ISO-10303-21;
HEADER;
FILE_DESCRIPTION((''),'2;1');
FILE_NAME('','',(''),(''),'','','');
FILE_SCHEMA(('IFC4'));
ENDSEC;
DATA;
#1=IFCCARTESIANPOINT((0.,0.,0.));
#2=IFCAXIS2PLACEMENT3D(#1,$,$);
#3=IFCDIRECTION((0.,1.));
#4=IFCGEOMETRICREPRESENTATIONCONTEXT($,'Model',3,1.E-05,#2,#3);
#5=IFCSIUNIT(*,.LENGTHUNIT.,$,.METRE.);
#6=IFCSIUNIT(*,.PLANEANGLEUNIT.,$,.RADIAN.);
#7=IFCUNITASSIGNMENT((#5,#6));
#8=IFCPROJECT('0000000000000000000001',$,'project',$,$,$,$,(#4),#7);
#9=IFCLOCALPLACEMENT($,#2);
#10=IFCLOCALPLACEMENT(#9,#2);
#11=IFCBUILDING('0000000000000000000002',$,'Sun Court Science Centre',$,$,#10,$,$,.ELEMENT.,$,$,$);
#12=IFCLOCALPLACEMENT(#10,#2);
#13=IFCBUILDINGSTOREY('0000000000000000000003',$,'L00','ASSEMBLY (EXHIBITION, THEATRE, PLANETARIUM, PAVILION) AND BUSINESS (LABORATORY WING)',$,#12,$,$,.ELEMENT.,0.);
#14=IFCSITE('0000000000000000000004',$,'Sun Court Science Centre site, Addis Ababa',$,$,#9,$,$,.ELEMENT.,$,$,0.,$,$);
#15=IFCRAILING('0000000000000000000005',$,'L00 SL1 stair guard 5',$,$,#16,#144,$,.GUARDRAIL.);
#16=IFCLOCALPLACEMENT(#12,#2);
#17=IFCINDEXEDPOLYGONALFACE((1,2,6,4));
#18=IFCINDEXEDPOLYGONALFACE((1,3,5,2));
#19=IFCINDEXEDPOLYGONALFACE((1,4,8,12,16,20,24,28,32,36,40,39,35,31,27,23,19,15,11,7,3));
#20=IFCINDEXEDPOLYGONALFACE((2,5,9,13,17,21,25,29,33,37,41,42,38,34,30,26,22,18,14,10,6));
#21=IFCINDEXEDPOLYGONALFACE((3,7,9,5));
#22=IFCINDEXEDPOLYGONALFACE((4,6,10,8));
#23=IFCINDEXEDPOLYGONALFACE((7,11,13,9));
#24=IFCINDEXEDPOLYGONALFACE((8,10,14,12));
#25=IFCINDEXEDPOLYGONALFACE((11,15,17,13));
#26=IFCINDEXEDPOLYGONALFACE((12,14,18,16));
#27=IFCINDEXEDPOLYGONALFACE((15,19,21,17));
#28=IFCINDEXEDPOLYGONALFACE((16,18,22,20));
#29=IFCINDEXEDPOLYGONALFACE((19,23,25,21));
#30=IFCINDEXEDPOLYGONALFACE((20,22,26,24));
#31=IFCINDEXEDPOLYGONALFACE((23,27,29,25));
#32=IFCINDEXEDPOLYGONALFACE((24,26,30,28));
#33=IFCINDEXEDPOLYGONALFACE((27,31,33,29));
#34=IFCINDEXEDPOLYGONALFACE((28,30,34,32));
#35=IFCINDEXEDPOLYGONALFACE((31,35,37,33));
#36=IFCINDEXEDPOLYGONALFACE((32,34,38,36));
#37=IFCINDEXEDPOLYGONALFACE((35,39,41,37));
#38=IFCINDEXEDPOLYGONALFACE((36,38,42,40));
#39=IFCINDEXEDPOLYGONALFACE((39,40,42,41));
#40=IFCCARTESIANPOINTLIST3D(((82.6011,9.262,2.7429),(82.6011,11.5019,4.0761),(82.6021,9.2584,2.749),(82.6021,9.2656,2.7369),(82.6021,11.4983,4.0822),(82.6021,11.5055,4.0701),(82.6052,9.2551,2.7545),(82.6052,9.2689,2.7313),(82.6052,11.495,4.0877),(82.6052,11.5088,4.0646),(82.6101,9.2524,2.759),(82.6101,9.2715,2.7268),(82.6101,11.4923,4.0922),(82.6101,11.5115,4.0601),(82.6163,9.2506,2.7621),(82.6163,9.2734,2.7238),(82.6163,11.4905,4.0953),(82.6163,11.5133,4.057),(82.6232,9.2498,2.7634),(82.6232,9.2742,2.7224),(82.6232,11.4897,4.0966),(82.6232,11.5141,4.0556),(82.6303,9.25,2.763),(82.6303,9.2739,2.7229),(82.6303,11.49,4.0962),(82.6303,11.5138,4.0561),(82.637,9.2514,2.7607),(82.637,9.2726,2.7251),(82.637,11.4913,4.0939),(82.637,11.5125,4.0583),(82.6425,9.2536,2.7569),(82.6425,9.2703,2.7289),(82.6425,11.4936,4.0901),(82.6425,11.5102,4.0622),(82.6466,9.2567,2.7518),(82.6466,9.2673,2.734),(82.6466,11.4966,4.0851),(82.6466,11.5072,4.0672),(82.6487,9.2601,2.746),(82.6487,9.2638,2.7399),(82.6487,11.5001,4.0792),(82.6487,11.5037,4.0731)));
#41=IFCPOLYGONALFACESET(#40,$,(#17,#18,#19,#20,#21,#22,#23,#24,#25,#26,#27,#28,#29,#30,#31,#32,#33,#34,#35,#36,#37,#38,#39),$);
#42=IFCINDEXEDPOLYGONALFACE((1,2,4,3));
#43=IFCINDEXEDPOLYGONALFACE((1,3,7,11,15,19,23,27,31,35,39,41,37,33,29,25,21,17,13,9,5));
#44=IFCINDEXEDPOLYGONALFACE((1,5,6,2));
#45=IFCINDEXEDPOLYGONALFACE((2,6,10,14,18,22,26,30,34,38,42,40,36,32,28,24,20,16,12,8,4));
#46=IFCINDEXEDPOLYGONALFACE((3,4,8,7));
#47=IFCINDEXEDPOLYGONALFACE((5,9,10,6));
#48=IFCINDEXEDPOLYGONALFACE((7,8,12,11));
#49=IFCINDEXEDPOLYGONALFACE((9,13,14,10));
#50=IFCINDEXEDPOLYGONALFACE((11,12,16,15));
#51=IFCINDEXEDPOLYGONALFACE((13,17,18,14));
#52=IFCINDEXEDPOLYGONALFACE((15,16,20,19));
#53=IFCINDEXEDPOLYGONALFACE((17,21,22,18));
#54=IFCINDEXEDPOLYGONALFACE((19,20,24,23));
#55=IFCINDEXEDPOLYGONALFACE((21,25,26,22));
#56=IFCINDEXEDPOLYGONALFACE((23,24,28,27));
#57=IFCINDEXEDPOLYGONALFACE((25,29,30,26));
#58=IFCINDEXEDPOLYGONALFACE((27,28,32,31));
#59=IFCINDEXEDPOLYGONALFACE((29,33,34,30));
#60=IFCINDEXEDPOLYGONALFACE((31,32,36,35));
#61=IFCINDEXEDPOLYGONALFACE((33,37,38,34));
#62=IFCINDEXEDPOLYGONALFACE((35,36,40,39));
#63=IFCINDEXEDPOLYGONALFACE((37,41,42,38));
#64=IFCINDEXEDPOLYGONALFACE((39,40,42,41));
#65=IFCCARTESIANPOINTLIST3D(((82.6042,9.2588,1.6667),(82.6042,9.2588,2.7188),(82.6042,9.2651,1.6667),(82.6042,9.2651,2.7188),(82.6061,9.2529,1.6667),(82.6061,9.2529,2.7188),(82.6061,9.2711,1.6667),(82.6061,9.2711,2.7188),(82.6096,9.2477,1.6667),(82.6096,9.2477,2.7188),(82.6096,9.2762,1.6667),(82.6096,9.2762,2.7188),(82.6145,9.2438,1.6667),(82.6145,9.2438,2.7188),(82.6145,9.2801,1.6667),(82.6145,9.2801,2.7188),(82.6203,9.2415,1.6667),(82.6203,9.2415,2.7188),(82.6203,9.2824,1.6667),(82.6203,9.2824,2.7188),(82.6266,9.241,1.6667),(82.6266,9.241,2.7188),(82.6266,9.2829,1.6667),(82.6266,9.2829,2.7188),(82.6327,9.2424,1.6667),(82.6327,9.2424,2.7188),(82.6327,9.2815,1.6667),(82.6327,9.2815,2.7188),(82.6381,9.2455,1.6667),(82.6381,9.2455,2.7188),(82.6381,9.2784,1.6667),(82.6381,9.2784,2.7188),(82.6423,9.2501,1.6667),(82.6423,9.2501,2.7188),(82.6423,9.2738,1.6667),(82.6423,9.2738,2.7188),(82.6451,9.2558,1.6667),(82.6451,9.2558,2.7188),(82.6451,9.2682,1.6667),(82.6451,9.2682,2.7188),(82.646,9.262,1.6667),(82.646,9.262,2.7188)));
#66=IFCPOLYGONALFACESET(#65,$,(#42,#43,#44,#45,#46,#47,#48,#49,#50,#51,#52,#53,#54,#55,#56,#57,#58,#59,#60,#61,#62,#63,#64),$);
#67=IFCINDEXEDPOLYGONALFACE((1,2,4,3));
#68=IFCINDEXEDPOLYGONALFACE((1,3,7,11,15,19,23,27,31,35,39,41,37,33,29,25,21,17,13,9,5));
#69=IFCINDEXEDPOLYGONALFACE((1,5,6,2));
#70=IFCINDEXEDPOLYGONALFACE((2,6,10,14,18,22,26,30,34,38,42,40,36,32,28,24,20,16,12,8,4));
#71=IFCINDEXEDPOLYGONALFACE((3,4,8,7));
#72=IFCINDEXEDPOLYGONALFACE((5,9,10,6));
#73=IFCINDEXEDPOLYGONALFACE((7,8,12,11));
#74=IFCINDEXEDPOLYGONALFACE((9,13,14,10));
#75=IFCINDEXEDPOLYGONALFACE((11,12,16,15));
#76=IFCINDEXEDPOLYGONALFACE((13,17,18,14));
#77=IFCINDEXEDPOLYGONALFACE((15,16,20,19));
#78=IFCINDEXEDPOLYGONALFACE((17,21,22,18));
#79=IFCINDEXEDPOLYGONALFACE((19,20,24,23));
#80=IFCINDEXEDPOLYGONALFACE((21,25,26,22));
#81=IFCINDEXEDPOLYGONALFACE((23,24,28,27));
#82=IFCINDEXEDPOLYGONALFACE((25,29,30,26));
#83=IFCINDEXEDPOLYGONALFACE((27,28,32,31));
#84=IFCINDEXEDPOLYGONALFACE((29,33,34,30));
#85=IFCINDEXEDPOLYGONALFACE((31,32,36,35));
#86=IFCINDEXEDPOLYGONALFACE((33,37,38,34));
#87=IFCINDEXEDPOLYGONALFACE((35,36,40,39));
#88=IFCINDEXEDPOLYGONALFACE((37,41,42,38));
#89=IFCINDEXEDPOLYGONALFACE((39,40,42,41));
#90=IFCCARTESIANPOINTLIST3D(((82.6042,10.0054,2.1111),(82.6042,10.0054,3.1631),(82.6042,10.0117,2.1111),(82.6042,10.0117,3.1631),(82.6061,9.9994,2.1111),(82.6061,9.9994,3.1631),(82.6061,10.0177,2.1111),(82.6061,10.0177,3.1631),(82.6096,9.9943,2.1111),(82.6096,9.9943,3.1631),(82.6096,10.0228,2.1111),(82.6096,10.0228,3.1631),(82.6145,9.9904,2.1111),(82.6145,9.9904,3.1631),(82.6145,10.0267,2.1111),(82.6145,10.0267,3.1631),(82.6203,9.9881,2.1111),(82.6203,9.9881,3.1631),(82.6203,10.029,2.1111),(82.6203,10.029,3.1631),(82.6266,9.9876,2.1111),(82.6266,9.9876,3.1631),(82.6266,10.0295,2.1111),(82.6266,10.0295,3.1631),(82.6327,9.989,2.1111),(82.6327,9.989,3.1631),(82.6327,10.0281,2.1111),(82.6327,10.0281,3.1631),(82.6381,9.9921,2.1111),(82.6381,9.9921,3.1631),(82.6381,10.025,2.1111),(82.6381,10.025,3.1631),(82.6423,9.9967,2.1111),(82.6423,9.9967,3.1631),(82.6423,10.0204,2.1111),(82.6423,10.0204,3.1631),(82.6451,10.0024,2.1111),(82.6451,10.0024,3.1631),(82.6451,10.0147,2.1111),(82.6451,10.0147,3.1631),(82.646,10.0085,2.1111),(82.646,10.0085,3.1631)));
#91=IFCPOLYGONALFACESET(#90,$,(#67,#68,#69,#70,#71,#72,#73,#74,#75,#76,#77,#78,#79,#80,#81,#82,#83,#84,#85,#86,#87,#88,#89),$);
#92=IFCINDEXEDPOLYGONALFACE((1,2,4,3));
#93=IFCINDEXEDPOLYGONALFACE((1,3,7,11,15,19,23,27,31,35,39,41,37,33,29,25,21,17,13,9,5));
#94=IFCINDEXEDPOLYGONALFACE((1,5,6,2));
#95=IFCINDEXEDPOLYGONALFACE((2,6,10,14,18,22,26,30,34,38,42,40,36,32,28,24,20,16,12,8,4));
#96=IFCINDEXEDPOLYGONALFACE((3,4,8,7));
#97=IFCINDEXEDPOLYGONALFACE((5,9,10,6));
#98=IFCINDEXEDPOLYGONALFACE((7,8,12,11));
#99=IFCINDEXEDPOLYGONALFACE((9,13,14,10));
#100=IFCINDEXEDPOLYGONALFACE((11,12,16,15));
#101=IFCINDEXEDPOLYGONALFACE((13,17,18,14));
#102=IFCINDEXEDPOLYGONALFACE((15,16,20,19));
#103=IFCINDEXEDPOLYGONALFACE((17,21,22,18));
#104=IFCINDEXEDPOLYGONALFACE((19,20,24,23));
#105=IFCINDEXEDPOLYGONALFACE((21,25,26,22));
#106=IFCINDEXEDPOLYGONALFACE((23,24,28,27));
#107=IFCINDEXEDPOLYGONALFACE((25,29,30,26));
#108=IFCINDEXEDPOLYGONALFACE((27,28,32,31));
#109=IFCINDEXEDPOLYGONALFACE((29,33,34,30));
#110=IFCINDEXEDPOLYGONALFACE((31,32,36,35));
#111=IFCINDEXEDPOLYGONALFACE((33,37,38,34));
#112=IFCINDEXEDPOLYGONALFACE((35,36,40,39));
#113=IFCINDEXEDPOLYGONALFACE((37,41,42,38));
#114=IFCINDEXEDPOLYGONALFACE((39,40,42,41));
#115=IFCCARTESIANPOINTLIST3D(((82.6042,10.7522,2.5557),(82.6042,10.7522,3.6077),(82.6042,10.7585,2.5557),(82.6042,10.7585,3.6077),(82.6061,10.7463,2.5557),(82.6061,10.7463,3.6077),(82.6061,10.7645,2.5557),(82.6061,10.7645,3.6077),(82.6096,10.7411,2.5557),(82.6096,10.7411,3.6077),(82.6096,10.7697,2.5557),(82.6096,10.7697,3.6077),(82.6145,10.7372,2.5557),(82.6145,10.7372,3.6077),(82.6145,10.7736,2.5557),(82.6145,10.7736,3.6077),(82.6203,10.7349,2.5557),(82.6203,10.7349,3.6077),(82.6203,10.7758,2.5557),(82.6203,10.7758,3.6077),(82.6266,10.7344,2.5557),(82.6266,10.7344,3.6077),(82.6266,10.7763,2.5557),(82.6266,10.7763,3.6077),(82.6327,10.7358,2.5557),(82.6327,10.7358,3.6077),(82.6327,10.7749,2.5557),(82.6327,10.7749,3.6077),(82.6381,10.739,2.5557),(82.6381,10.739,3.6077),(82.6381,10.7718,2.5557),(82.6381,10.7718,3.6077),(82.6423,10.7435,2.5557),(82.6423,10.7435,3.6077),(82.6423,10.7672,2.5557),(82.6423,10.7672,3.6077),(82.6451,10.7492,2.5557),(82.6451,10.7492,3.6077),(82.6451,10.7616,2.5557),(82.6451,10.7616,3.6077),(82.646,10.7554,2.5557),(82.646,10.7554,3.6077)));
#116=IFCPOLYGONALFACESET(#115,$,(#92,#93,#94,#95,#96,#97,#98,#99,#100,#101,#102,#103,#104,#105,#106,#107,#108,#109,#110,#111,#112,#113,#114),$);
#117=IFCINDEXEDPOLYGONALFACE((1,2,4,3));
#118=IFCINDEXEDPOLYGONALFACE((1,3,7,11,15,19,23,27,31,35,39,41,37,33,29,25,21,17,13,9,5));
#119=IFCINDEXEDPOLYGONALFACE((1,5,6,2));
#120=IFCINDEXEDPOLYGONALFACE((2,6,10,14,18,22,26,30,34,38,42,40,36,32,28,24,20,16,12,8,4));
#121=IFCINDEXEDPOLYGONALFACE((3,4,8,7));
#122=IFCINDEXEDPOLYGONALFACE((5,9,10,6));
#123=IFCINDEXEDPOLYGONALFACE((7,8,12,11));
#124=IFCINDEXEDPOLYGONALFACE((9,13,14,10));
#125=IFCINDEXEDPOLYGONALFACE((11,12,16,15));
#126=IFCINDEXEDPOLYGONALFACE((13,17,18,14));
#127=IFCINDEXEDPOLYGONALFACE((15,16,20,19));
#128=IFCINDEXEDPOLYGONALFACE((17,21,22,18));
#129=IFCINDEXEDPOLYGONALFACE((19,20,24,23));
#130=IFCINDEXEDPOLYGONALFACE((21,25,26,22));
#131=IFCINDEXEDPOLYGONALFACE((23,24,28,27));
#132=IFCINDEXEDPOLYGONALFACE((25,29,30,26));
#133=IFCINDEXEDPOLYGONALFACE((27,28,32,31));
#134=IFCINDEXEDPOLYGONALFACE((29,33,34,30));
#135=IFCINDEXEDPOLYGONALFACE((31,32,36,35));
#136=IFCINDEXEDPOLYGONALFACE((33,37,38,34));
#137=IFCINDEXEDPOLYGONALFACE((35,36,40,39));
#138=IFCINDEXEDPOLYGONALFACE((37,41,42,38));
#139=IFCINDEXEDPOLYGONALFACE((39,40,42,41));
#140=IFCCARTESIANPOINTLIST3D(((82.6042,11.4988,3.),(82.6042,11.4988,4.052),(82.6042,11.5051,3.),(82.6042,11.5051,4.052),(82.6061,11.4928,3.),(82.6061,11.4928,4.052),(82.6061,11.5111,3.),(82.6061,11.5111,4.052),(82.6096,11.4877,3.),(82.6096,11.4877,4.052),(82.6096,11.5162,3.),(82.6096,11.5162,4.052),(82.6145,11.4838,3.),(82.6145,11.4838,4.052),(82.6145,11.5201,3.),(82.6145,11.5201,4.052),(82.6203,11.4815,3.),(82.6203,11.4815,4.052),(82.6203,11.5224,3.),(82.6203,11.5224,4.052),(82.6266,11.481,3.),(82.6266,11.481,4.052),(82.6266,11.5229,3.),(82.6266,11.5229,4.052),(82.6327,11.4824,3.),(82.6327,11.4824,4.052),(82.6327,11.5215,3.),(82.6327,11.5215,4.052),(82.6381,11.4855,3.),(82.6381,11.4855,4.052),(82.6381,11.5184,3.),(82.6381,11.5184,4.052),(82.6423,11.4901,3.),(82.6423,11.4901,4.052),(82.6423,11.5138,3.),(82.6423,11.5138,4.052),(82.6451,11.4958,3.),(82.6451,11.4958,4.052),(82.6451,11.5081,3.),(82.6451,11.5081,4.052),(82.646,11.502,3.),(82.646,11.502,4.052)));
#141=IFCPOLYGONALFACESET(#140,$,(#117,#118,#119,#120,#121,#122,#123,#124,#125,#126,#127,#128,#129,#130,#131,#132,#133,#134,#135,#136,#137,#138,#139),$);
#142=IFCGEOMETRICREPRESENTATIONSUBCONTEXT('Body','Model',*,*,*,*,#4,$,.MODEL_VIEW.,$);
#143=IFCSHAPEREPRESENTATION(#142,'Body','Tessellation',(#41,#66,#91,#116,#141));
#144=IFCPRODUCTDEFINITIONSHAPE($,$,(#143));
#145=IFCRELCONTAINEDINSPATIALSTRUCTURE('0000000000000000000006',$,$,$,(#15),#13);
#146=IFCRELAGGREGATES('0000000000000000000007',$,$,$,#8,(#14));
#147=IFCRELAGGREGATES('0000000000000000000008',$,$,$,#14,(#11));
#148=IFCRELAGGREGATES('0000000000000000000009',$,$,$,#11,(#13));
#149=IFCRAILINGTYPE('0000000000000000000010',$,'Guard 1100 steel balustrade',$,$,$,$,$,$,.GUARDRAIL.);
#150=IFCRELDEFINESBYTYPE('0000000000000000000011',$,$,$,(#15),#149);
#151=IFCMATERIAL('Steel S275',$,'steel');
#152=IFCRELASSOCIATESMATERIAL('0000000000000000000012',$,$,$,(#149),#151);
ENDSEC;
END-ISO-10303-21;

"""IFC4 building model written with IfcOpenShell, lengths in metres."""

from ifc_helpers import new_model, si_unit, direction, frame, origin, origin_2d, place, context, subcontext, project, spatial, circle, extrude, material, type_object, element, save


model = new_model("IFC4")

# Units and contexts
model_context = context("Model", 3, precision=1e-05, world=origin(), true_north=direction((0.0, 1.0)))
body_context = subcontext(model_context, "Body", "Model", "MODEL_VIEW")
ifc_project = project(units=[si_unit("LENGTHUNIT", "METRE"), si_unit("PLANEANGLEUNIT", "RADIAN")], contexts=[model_context])

# Site, building, storey
site_placement = place(None, origin())
site = spatial("IfcSite", under=ifc_project, at=site_placement, Name="Sun Court Science Centre site, Addis Ababa", CompositionType="ELEMENT", RefElevation=0.0)
building_placement = place(site_placement, origin())
building = spatial("IfcBuilding", under=site, at=building_placement, Name="Sun Court Science Centre", CompositionType="ELEMENT")
storey_placement = place(building_placement, origin())
storey = spatial("IfcBuildingStorey", under=building, at=storey_placement, Name="L00", Description="ASSEMBLY (EXHIBITION, THEATRE, PLANETARIUM, PAVILION) AND BUSINESS (LABORATORY WING)", CompositionType="ELEMENT", Elevation=0.0)

# Railing
ifc_material_1 = material(Name="Steel S275", Category="steel")
railing_type = type_object("IfcRailingType", Name="Guard 1100 steel balustrade", PredefinedType="GUARDRAIL", material=ifc_material_1)
railing_1_placement = place(storey_placement, frame((82.625, 9.262, 1.6667)))
element("IfcRailing", 1, at=railing_1_placement, inside=storey, type_object=railing_type, Name="L00 SL1 stair guard 5", PredefinedType="GUARDRAIL", context=body_context, shape_type="SweptSolid", body=[
    extrude(circle(Radius=0.0239, at=origin_2d()), frame((0.0, 0.0, 1.0762), z_axis=(0.0, 0.859306, 0.511462), x_axis=(-1.0, 0.0, 0.0)), (0.0, 0.0, 1.0), 2.6067),
    extrude(circle(Radius=0.021, at=origin_2d()), origin(), (0.0, 0.0, 1.0), 1.052),
    extrude(circle(Radius=0.021, at=origin_2d()), frame((0.0, 0.7466, 0.4443)), (0.0, 0.0, 1.0), 1.052),
    extrude(circle(Radius=0.021, at=origin_2d()), frame((0.0, 1.4934, 0.8889)), (0.0, 0.0, 1.0), 1.052),
    extrude(circle(Radius=0.021, at=origin_2d()), frame((0.0, 2.24, 1.3333)), (0.0, 0.0, 1.0), 1.052),
])

save(model, "model.ifc")
